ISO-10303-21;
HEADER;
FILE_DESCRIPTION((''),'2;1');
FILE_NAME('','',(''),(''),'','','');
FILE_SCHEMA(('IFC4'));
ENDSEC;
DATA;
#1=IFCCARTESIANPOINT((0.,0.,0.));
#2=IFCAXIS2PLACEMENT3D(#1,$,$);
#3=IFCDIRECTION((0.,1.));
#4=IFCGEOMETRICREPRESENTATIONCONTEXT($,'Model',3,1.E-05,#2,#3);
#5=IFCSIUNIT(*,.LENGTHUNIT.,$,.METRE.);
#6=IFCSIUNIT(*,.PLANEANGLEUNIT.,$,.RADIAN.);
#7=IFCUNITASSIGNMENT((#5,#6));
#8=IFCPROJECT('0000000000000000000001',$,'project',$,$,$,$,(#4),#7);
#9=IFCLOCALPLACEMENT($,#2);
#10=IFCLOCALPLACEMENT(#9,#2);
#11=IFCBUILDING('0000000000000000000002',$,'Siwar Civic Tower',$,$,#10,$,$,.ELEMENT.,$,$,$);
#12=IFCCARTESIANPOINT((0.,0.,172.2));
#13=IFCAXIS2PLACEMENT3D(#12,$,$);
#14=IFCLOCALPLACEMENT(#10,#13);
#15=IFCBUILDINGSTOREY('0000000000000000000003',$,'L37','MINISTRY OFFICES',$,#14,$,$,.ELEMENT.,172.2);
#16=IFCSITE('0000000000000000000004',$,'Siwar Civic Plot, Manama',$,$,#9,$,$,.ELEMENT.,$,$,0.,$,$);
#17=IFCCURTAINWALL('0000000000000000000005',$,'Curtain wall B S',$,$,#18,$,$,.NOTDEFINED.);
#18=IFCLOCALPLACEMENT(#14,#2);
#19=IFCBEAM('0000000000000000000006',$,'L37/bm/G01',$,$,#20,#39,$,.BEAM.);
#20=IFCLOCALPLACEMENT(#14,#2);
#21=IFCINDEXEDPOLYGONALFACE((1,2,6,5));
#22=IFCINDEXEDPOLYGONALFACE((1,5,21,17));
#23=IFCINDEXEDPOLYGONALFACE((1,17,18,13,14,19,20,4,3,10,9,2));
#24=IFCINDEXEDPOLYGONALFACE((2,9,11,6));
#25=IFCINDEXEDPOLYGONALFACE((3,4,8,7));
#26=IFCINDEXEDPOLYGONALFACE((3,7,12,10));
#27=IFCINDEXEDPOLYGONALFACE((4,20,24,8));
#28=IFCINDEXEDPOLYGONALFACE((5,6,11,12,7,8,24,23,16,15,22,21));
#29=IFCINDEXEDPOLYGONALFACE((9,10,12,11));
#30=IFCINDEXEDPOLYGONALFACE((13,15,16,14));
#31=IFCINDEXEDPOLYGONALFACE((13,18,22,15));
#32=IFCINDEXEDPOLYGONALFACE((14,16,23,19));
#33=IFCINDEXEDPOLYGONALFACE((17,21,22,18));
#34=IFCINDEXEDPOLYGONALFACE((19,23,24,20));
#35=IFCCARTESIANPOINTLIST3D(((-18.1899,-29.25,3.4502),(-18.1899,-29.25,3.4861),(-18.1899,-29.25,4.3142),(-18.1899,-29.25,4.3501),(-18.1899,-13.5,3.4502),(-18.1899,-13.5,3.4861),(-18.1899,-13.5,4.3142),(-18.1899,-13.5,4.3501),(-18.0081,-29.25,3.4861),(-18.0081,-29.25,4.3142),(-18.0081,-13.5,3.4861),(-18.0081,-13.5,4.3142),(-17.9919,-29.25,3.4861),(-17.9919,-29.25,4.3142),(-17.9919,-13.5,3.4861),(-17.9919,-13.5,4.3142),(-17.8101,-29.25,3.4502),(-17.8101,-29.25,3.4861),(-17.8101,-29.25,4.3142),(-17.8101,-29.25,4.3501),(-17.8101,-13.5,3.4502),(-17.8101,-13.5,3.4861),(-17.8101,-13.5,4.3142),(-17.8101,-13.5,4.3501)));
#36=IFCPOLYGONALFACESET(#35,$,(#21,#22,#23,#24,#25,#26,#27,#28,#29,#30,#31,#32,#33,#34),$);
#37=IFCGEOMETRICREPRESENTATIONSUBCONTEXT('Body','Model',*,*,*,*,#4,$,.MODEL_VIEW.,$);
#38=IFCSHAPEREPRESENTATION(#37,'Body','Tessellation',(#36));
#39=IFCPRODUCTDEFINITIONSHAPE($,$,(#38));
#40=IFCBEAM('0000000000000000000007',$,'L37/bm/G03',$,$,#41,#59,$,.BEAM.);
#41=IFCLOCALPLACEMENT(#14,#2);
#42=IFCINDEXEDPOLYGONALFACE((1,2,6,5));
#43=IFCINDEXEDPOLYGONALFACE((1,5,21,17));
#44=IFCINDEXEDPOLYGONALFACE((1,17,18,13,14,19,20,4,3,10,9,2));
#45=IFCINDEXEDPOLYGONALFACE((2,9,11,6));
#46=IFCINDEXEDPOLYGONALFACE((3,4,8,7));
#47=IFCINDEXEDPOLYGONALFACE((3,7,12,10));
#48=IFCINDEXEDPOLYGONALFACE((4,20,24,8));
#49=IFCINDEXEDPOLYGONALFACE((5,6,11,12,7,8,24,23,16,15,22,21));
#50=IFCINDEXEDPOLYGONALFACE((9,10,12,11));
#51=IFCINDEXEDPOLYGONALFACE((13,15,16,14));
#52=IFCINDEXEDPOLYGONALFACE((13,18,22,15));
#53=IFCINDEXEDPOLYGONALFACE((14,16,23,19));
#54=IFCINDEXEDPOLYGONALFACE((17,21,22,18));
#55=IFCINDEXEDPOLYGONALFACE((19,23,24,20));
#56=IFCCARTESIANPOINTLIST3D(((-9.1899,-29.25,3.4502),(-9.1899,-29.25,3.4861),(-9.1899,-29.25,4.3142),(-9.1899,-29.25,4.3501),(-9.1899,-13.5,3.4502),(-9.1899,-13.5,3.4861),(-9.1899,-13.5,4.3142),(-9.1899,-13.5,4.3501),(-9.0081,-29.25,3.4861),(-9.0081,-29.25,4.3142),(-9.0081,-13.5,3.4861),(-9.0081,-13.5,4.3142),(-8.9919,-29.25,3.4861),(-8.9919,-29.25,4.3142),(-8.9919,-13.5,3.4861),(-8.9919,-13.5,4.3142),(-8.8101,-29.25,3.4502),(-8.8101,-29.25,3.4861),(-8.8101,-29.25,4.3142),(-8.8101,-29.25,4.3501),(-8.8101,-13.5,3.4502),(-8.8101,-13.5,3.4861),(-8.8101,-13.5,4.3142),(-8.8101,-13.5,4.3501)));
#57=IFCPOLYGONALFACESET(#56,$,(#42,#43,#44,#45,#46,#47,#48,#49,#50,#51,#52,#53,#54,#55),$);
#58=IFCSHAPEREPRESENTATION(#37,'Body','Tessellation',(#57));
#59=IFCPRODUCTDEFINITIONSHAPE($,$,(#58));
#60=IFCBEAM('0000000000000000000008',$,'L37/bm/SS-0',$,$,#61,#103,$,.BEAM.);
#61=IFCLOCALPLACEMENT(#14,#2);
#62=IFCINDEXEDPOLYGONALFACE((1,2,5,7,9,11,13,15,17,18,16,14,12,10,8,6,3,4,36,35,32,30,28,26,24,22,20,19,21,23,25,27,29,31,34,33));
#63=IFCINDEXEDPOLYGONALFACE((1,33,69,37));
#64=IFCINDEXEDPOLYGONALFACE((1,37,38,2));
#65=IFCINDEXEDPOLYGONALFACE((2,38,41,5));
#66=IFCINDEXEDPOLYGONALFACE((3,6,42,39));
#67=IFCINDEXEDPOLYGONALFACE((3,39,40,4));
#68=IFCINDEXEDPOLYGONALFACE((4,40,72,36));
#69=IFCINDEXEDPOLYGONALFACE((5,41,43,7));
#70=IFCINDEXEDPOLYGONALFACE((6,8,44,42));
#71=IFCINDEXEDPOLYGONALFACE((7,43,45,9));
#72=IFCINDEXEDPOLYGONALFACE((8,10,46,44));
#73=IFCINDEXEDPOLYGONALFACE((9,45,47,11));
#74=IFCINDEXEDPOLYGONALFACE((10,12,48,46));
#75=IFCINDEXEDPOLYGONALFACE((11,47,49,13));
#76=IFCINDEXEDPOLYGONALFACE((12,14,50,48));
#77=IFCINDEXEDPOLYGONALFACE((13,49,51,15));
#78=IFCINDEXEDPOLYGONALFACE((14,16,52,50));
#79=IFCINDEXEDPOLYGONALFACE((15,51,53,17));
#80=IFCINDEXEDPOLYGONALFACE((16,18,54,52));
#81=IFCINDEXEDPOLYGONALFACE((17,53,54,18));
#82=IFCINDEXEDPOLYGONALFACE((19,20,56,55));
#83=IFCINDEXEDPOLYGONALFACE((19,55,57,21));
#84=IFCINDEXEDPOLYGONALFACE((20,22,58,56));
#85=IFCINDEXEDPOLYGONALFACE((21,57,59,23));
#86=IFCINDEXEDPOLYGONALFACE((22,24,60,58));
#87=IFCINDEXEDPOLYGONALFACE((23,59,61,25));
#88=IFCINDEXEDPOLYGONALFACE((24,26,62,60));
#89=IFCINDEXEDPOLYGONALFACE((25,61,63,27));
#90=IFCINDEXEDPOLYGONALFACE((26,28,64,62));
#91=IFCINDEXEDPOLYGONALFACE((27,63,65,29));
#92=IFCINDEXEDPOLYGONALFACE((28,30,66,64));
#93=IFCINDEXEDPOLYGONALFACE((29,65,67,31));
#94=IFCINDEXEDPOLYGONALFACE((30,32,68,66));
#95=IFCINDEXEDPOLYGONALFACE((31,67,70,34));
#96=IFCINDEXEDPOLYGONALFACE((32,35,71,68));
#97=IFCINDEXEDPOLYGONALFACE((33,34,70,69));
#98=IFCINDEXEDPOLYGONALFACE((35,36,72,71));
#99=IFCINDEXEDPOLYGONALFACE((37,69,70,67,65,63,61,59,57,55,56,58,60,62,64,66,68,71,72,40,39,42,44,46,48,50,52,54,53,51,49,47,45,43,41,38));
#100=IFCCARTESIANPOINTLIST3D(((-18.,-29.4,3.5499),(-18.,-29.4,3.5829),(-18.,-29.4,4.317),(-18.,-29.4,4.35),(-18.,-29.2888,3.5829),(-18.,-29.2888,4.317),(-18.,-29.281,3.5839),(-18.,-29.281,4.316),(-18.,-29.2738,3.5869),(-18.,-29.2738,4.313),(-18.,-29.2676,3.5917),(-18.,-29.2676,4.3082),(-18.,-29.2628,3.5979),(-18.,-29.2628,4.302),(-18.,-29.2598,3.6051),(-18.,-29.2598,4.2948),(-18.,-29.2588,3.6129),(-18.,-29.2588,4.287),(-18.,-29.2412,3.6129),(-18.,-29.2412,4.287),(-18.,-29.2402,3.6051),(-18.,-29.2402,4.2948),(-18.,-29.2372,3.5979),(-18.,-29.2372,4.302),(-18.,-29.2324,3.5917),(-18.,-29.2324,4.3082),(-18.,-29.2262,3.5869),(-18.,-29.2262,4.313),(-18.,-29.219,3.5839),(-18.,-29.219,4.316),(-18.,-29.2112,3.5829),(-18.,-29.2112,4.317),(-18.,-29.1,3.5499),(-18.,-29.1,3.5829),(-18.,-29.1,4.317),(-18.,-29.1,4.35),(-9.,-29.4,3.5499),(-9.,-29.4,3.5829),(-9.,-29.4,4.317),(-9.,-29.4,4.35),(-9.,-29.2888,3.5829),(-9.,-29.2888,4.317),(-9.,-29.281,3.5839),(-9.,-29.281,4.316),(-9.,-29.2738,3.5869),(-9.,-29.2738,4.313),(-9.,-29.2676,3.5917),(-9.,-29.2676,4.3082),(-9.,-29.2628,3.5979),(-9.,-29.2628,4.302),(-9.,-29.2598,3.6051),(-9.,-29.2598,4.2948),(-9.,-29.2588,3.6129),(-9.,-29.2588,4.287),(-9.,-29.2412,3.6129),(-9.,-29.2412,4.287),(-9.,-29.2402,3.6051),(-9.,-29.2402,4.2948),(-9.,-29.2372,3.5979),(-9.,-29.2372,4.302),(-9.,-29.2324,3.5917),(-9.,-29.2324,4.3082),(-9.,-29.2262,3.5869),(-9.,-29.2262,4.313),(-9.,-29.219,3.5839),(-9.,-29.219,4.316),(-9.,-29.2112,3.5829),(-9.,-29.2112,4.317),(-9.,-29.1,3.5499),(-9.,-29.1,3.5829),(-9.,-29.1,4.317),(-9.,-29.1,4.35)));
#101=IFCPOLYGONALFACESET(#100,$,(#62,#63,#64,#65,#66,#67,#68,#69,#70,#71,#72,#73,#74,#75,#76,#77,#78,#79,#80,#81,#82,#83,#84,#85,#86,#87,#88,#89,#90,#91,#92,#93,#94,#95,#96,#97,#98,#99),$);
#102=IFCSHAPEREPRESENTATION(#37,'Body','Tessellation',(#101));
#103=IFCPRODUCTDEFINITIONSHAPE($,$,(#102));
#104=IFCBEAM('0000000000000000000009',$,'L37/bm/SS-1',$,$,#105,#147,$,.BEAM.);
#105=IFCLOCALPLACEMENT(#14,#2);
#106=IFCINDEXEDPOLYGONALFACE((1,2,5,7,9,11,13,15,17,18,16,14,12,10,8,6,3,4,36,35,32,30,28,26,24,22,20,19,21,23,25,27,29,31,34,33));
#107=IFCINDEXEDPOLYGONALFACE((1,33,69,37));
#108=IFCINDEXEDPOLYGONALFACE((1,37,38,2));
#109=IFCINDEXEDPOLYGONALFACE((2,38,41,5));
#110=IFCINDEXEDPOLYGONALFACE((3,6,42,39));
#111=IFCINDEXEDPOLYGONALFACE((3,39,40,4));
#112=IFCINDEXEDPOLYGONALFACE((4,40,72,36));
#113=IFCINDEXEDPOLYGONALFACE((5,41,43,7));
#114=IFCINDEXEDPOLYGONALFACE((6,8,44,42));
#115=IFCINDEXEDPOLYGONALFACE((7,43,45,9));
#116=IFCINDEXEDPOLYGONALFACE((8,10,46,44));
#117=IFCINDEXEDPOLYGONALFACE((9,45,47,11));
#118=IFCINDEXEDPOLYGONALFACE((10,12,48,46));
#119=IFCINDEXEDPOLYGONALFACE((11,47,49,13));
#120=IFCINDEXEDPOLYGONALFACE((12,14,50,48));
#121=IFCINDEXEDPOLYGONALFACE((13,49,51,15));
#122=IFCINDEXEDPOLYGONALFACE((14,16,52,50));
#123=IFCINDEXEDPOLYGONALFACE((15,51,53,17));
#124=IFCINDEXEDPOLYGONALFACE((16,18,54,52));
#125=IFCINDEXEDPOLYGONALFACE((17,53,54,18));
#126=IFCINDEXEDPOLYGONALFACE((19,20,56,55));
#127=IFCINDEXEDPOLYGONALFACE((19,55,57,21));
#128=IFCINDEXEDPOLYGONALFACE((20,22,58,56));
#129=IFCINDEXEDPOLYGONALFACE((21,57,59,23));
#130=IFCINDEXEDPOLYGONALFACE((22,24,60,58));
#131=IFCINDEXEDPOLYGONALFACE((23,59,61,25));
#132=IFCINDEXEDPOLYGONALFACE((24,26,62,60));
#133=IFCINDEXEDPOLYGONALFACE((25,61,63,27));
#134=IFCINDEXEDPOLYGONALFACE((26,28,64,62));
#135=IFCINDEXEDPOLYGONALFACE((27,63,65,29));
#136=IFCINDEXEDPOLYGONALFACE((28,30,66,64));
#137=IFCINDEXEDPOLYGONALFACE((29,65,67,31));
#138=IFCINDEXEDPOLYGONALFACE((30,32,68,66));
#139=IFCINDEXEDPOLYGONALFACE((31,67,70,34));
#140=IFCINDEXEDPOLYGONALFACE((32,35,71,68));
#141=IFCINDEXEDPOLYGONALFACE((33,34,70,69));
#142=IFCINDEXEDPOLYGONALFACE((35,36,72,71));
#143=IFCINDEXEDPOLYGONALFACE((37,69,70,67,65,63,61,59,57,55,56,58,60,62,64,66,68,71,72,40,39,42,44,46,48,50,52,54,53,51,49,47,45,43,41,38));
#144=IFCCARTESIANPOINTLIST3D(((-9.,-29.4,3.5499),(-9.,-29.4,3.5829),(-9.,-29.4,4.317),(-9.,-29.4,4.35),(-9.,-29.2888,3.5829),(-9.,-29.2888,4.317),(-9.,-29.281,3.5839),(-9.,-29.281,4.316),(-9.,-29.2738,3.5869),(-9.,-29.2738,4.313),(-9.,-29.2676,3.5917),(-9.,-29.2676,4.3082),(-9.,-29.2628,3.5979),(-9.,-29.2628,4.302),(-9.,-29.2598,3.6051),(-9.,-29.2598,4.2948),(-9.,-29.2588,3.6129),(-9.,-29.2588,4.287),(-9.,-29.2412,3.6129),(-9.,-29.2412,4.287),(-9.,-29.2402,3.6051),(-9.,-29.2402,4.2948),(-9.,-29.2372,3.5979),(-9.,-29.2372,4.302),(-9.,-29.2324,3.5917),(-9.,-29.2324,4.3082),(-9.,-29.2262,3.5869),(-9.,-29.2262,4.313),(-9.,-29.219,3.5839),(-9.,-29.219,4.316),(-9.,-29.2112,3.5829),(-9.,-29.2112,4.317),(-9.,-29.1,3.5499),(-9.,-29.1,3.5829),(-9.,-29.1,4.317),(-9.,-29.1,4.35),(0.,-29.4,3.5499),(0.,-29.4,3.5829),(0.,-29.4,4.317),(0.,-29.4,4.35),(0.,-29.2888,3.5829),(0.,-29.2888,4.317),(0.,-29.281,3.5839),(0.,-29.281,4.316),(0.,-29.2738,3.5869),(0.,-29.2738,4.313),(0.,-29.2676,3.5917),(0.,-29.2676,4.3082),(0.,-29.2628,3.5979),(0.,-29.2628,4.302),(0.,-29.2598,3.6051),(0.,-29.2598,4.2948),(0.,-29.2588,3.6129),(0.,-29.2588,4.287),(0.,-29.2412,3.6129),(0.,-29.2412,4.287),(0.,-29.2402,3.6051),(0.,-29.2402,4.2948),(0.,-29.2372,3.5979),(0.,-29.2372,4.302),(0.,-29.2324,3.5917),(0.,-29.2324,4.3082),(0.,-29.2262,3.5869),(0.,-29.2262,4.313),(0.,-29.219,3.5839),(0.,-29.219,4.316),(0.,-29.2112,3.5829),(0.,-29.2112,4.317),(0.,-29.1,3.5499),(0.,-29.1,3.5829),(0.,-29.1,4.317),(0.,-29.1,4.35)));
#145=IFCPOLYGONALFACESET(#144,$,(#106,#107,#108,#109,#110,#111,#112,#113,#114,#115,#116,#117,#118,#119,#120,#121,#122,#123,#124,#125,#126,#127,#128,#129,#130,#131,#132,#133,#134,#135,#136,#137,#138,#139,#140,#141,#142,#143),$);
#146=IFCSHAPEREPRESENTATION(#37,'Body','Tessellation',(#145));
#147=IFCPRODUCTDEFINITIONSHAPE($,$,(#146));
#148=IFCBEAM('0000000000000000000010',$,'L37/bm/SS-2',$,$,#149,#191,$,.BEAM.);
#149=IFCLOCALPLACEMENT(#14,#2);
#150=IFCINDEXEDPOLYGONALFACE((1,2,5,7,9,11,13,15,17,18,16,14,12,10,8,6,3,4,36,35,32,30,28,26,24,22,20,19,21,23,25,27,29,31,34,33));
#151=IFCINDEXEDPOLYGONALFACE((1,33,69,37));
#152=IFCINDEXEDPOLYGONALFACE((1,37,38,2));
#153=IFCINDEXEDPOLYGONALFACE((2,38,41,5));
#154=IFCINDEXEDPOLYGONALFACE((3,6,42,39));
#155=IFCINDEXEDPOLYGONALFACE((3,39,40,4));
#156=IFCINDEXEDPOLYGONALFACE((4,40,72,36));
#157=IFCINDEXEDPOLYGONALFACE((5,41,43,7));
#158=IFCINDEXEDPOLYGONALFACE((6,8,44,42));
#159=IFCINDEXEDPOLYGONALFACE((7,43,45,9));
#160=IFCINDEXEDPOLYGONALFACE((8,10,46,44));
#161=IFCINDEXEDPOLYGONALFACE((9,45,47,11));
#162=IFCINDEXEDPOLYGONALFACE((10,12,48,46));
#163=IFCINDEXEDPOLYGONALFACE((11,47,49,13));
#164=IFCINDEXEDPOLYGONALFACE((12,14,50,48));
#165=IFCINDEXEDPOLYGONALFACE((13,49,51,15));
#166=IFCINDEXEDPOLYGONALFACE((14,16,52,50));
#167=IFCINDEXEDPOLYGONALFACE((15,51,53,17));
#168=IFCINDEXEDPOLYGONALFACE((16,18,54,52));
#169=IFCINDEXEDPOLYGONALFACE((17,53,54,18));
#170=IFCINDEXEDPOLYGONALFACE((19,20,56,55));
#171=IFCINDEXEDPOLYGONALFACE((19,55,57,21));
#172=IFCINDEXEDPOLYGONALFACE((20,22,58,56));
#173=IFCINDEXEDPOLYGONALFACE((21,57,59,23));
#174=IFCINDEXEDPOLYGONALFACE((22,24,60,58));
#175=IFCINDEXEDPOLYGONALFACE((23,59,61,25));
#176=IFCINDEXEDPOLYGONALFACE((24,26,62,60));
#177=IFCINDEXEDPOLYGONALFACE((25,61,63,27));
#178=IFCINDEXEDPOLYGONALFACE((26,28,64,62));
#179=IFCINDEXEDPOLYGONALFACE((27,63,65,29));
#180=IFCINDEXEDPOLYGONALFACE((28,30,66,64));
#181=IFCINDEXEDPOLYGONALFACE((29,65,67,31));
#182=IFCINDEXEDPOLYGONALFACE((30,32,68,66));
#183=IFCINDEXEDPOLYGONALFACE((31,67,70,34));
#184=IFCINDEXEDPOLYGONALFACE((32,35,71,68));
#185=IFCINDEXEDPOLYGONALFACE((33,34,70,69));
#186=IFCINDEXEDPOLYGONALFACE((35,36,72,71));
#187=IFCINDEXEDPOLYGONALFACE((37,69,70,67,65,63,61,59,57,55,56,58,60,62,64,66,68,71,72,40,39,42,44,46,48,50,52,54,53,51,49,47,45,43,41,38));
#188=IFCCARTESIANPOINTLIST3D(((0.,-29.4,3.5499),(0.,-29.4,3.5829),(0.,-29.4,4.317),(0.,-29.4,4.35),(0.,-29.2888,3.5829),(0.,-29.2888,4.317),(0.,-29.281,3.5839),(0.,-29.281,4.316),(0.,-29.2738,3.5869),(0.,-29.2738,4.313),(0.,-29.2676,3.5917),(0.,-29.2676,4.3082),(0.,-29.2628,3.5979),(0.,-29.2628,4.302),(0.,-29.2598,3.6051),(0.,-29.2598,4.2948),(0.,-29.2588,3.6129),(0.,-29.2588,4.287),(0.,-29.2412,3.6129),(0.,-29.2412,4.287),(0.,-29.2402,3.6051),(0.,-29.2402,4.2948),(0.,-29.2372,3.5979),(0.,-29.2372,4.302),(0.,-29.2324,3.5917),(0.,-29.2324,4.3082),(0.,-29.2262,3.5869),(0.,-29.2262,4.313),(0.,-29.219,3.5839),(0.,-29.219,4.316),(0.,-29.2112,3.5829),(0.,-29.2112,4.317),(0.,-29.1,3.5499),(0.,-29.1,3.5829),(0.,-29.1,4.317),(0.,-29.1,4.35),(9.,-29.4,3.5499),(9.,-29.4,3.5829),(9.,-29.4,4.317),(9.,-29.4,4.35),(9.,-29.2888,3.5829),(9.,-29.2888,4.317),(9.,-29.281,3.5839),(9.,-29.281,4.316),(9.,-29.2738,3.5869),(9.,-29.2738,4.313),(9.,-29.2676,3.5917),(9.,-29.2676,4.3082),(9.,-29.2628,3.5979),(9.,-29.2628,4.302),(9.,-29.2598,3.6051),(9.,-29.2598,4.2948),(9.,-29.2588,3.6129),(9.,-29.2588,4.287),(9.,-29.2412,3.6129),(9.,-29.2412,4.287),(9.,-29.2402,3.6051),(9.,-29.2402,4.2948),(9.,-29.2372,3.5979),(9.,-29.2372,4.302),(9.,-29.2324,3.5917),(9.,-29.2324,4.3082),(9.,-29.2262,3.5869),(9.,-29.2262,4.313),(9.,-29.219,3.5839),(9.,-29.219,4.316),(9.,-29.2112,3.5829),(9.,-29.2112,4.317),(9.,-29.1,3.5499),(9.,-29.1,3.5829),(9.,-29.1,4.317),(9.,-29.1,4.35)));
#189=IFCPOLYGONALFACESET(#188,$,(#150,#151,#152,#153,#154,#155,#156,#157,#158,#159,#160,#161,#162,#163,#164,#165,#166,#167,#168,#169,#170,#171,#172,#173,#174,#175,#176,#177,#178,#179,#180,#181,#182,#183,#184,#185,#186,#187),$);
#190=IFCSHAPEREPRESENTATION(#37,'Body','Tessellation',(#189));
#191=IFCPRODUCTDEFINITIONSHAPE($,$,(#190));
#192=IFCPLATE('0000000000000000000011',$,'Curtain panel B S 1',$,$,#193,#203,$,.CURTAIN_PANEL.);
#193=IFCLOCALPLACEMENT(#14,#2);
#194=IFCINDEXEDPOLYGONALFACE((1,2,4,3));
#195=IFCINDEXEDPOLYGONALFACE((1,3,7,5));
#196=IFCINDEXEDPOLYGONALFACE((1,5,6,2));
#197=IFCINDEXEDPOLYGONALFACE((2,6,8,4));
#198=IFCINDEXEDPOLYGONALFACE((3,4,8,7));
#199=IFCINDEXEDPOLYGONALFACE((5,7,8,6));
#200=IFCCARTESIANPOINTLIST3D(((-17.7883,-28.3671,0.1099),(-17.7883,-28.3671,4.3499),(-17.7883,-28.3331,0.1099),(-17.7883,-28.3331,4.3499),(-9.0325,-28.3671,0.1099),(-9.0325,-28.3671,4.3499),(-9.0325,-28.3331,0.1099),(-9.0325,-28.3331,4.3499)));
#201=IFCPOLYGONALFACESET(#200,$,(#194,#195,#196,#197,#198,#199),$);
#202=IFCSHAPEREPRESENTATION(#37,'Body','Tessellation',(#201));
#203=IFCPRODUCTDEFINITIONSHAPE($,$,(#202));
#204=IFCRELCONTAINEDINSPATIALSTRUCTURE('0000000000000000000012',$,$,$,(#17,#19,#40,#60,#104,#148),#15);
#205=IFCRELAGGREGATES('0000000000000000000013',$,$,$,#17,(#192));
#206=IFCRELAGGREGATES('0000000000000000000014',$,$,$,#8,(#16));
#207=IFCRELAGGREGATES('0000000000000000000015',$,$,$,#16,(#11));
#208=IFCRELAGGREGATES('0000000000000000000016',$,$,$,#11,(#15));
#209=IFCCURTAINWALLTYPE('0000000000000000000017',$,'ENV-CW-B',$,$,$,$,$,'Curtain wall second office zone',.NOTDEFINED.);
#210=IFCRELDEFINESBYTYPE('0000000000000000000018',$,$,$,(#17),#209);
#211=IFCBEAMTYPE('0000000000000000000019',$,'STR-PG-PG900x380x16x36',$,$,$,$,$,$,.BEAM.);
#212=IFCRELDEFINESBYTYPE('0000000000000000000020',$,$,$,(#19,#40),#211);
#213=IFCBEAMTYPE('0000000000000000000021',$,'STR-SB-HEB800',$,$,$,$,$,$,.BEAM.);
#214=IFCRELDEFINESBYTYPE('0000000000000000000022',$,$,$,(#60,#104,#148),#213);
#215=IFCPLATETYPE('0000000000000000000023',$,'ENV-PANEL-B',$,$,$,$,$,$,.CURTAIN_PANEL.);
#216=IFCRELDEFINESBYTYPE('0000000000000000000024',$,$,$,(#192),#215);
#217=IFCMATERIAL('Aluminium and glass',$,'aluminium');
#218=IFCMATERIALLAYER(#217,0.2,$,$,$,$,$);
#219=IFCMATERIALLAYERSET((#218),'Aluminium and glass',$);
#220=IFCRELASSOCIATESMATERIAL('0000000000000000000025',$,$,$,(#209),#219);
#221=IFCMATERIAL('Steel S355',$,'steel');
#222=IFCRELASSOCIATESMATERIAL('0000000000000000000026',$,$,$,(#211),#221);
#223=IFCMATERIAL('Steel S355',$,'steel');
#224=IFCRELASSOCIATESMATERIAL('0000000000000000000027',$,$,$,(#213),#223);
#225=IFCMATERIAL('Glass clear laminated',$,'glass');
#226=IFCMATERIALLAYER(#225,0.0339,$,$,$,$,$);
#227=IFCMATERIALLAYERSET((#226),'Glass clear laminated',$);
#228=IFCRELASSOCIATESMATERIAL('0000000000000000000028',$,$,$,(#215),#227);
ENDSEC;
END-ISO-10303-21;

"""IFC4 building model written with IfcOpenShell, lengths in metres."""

from ifc_helpers import new_model, si_unit, direction, frame, origin, origin_2d, place, context, subcontext, project, spatial, rectangle, i_section, extrude, material, layer, layer_set, material_profile, profile_set, type_object, element, aggregate, save


model = new_model("IFC4")

# Units and contexts
model_context = context("Model", 3, precision=1e-05, world=origin(), true_north=direction((0.0, 1.0)))
body_context = subcontext(model_context, "Body", "Model", "MODEL_VIEW")
ifc_project = project(units=[si_unit("LENGTHUNIT", "METRE"), si_unit("PLANEANGLEUNIT", "RADIAN")], contexts=[model_context])

# Site, building, storey
site_placement = place(None, origin())
site = spatial("IfcSite", under=ifc_project, at=site_placement, Name="Siwar Civic Plot, Manama", CompositionType="ELEMENT", RefElevation=0.0)
building_placement = place(site_placement, origin())
building = spatial("IfcBuilding", under=site, at=building_placement, Name="Siwar Civic Tower", CompositionType="ELEMENT")
storey_placement = place(building_placement, frame((0.0, 0.0, 172.2)))
storey = spatial("IfcBuildingStorey", under=building, at=storey_placement, Name="L37", Description="MINISTRY OFFICES", CompositionType="ELEMENT", Elevation=172.2)

# Curtain wall
ifc_material_1 = material(Name="Aluminium and glass", Category="aluminium")
ifc_layer_1 = layer(ifc_material_1, 0.2)
ifc_layer_set_1 = layer_set([ifc_layer_1], Name="Aluminium and glass")
curtain_wall_type = type_object("IfcCurtainWallType", Name="ENV-CW-B", ElementType="Curtain wall second office zone", PredefinedType="NOTDEFINED", material=ifc_layer_set_1)
curtain_wall_placement = place(storey_placement, origin())
curtain_wall = element("IfcCurtainWall", 1, at=curtain_wall_placement, inside=storey, type_object=curtain_wall_type, Name="Curtain wall B S", PredefinedType="NOTDEFINED")

# Beams
ifc_material_2 = material(Name="Steel S355", Category="steel")
ifc_material_profile_1 = material_profile(ifc_material_2, i_section(OverallWidth=0.3799, OverallDepth=0.8999, WebThickness=0.0161, FlangeThickness=0.0359, at=origin_2d()), Name="PG900x380x16x36")
ifc_profile_set_1 = profile_set([ifc_material_profile_1], Name="Steel S355")
beam_type_1 = type_object("IfcBeamType", Name="STR-PG-PG900x380x16x36", PredefinedType="BEAM", material=ifc_profile_set_1)
for number, where, z_axis, x_axis, name in (
    (2, (-18.0, -29.25, 3.9001), (0.0, 1.0, 0.0), (-1.0, 0.0, 0.0), "L37/bm/G01"),
    (3, (-9.0, -29.25, 3.9001), (0.0, 1.0, 0.0), (-1.0, 0.0, 0.0), "L37/bm/G03"),
):
    element("IfcBeam", number, at=place(storey_placement, frame(where, z_axis=z_axis, x_axis=x_axis)), inside=storey, type_object=beam_type_1, Name=name, PredefinedType="BEAM", context=body_context, shape_type="SweptSolid", body=[
        extrude(i_section(OverallWidth=0.3799, OverallDepth=0.8999, WebThickness=0.0161, FlangeThickness=0.0359, at=origin_2d()), origin(), (0.0, 0.0, 1.0), 15.75),
    ])
ifc_material_3 = material(Name="Steel S355", Category="steel")
ifc_material_profile_2 = material_profile(ifc_material_3, i_section(OverallWidth=0.3, OverallDepth=0.8, WebThickness=0.0176, FlangeThickness=0.033, FilletRadius=0.03, at=origin_2d()), Name="HEB800")
ifc_profile_set_2 = profile_set([ifc_material_profile_2], Name="Steel S355")
beam_type_2 = type_object("IfcBeamType", Name="STR-SB-HEB800", PredefinedType="BEAM", material=ifc_profile_set_2)
for number, where, z_axis, x_axis, name in (
    (4, (-18.0, -29.25, 3.95), (1.0, 0.0, 0.0), (0.0, 1.0, 0.0), "L37/bm/SS-0"),
    (5, (-9.0, -29.25, 3.95), (1.0, 0.0, 0.0), (0.0, 1.0, 0.0), "L37/bm/SS-1"),
    (6, (0.0, -29.25, 3.95), (1.0, 0.0, 0.0), (0.0, 1.0, 0.0), "L37/bm/SS-2"),
):
    element("IfcBeam", number, at=place(storey_placement, frame(where, z_axis=z_axis, x_axis=x_axis)), inside=storey, type_object=beam_type_2, Name=name, PredefinedType="BEAM", context=body_context, shape_type="SweptSolid", body=[
        extrude(i_section(OverallWidth=0.3, OverallDepth=0.8, WebThickness=0.0176, FlangeThickness=0.033, FilletRadius=0.03, at=origin_2d()), origin(), (0.0, 0.0, 1.0), 9.0),
    ])

# Plate
ifc_material_4 = material(Name="Glass clear laminated", Category="glass")
ifc_layer_2 = layer(ifc_material_4, 0.0339)
ifc_layer_set_2 = layer_set([ifc_layer_2], Name="Glass clear laminated")
plate_type = type_object("IfcPlateType", Name="ENV-PANEL-B", PredefinedType="CURTAIN_PANEL", material=ifc_layer_set_2)
plate_1_placement = place(storey_placement, frame((-13.4104, -28.3501, 0.1099), z_axis=(0.0, 0.0, 1.0), x_axis=(1.0, 0.0, 0.0)))
plate_1 = element("IfcPlate", 7, at=plate_1_placement, type_object=plate_type, Name="Curtain panel B S 1", PredefinedType="CURTAIN_PANEL", context=body_context, shape_type="SweptSolid", body=[
    extrude(rectangle(XDim=8.7559, YDim=0.0339, at=origin_2d()), origin(), (0.0, 0.0, 1.0), 4.24),
])
aggregate(curtain_wall, [plate_1])

save(model, "model.ifc")
